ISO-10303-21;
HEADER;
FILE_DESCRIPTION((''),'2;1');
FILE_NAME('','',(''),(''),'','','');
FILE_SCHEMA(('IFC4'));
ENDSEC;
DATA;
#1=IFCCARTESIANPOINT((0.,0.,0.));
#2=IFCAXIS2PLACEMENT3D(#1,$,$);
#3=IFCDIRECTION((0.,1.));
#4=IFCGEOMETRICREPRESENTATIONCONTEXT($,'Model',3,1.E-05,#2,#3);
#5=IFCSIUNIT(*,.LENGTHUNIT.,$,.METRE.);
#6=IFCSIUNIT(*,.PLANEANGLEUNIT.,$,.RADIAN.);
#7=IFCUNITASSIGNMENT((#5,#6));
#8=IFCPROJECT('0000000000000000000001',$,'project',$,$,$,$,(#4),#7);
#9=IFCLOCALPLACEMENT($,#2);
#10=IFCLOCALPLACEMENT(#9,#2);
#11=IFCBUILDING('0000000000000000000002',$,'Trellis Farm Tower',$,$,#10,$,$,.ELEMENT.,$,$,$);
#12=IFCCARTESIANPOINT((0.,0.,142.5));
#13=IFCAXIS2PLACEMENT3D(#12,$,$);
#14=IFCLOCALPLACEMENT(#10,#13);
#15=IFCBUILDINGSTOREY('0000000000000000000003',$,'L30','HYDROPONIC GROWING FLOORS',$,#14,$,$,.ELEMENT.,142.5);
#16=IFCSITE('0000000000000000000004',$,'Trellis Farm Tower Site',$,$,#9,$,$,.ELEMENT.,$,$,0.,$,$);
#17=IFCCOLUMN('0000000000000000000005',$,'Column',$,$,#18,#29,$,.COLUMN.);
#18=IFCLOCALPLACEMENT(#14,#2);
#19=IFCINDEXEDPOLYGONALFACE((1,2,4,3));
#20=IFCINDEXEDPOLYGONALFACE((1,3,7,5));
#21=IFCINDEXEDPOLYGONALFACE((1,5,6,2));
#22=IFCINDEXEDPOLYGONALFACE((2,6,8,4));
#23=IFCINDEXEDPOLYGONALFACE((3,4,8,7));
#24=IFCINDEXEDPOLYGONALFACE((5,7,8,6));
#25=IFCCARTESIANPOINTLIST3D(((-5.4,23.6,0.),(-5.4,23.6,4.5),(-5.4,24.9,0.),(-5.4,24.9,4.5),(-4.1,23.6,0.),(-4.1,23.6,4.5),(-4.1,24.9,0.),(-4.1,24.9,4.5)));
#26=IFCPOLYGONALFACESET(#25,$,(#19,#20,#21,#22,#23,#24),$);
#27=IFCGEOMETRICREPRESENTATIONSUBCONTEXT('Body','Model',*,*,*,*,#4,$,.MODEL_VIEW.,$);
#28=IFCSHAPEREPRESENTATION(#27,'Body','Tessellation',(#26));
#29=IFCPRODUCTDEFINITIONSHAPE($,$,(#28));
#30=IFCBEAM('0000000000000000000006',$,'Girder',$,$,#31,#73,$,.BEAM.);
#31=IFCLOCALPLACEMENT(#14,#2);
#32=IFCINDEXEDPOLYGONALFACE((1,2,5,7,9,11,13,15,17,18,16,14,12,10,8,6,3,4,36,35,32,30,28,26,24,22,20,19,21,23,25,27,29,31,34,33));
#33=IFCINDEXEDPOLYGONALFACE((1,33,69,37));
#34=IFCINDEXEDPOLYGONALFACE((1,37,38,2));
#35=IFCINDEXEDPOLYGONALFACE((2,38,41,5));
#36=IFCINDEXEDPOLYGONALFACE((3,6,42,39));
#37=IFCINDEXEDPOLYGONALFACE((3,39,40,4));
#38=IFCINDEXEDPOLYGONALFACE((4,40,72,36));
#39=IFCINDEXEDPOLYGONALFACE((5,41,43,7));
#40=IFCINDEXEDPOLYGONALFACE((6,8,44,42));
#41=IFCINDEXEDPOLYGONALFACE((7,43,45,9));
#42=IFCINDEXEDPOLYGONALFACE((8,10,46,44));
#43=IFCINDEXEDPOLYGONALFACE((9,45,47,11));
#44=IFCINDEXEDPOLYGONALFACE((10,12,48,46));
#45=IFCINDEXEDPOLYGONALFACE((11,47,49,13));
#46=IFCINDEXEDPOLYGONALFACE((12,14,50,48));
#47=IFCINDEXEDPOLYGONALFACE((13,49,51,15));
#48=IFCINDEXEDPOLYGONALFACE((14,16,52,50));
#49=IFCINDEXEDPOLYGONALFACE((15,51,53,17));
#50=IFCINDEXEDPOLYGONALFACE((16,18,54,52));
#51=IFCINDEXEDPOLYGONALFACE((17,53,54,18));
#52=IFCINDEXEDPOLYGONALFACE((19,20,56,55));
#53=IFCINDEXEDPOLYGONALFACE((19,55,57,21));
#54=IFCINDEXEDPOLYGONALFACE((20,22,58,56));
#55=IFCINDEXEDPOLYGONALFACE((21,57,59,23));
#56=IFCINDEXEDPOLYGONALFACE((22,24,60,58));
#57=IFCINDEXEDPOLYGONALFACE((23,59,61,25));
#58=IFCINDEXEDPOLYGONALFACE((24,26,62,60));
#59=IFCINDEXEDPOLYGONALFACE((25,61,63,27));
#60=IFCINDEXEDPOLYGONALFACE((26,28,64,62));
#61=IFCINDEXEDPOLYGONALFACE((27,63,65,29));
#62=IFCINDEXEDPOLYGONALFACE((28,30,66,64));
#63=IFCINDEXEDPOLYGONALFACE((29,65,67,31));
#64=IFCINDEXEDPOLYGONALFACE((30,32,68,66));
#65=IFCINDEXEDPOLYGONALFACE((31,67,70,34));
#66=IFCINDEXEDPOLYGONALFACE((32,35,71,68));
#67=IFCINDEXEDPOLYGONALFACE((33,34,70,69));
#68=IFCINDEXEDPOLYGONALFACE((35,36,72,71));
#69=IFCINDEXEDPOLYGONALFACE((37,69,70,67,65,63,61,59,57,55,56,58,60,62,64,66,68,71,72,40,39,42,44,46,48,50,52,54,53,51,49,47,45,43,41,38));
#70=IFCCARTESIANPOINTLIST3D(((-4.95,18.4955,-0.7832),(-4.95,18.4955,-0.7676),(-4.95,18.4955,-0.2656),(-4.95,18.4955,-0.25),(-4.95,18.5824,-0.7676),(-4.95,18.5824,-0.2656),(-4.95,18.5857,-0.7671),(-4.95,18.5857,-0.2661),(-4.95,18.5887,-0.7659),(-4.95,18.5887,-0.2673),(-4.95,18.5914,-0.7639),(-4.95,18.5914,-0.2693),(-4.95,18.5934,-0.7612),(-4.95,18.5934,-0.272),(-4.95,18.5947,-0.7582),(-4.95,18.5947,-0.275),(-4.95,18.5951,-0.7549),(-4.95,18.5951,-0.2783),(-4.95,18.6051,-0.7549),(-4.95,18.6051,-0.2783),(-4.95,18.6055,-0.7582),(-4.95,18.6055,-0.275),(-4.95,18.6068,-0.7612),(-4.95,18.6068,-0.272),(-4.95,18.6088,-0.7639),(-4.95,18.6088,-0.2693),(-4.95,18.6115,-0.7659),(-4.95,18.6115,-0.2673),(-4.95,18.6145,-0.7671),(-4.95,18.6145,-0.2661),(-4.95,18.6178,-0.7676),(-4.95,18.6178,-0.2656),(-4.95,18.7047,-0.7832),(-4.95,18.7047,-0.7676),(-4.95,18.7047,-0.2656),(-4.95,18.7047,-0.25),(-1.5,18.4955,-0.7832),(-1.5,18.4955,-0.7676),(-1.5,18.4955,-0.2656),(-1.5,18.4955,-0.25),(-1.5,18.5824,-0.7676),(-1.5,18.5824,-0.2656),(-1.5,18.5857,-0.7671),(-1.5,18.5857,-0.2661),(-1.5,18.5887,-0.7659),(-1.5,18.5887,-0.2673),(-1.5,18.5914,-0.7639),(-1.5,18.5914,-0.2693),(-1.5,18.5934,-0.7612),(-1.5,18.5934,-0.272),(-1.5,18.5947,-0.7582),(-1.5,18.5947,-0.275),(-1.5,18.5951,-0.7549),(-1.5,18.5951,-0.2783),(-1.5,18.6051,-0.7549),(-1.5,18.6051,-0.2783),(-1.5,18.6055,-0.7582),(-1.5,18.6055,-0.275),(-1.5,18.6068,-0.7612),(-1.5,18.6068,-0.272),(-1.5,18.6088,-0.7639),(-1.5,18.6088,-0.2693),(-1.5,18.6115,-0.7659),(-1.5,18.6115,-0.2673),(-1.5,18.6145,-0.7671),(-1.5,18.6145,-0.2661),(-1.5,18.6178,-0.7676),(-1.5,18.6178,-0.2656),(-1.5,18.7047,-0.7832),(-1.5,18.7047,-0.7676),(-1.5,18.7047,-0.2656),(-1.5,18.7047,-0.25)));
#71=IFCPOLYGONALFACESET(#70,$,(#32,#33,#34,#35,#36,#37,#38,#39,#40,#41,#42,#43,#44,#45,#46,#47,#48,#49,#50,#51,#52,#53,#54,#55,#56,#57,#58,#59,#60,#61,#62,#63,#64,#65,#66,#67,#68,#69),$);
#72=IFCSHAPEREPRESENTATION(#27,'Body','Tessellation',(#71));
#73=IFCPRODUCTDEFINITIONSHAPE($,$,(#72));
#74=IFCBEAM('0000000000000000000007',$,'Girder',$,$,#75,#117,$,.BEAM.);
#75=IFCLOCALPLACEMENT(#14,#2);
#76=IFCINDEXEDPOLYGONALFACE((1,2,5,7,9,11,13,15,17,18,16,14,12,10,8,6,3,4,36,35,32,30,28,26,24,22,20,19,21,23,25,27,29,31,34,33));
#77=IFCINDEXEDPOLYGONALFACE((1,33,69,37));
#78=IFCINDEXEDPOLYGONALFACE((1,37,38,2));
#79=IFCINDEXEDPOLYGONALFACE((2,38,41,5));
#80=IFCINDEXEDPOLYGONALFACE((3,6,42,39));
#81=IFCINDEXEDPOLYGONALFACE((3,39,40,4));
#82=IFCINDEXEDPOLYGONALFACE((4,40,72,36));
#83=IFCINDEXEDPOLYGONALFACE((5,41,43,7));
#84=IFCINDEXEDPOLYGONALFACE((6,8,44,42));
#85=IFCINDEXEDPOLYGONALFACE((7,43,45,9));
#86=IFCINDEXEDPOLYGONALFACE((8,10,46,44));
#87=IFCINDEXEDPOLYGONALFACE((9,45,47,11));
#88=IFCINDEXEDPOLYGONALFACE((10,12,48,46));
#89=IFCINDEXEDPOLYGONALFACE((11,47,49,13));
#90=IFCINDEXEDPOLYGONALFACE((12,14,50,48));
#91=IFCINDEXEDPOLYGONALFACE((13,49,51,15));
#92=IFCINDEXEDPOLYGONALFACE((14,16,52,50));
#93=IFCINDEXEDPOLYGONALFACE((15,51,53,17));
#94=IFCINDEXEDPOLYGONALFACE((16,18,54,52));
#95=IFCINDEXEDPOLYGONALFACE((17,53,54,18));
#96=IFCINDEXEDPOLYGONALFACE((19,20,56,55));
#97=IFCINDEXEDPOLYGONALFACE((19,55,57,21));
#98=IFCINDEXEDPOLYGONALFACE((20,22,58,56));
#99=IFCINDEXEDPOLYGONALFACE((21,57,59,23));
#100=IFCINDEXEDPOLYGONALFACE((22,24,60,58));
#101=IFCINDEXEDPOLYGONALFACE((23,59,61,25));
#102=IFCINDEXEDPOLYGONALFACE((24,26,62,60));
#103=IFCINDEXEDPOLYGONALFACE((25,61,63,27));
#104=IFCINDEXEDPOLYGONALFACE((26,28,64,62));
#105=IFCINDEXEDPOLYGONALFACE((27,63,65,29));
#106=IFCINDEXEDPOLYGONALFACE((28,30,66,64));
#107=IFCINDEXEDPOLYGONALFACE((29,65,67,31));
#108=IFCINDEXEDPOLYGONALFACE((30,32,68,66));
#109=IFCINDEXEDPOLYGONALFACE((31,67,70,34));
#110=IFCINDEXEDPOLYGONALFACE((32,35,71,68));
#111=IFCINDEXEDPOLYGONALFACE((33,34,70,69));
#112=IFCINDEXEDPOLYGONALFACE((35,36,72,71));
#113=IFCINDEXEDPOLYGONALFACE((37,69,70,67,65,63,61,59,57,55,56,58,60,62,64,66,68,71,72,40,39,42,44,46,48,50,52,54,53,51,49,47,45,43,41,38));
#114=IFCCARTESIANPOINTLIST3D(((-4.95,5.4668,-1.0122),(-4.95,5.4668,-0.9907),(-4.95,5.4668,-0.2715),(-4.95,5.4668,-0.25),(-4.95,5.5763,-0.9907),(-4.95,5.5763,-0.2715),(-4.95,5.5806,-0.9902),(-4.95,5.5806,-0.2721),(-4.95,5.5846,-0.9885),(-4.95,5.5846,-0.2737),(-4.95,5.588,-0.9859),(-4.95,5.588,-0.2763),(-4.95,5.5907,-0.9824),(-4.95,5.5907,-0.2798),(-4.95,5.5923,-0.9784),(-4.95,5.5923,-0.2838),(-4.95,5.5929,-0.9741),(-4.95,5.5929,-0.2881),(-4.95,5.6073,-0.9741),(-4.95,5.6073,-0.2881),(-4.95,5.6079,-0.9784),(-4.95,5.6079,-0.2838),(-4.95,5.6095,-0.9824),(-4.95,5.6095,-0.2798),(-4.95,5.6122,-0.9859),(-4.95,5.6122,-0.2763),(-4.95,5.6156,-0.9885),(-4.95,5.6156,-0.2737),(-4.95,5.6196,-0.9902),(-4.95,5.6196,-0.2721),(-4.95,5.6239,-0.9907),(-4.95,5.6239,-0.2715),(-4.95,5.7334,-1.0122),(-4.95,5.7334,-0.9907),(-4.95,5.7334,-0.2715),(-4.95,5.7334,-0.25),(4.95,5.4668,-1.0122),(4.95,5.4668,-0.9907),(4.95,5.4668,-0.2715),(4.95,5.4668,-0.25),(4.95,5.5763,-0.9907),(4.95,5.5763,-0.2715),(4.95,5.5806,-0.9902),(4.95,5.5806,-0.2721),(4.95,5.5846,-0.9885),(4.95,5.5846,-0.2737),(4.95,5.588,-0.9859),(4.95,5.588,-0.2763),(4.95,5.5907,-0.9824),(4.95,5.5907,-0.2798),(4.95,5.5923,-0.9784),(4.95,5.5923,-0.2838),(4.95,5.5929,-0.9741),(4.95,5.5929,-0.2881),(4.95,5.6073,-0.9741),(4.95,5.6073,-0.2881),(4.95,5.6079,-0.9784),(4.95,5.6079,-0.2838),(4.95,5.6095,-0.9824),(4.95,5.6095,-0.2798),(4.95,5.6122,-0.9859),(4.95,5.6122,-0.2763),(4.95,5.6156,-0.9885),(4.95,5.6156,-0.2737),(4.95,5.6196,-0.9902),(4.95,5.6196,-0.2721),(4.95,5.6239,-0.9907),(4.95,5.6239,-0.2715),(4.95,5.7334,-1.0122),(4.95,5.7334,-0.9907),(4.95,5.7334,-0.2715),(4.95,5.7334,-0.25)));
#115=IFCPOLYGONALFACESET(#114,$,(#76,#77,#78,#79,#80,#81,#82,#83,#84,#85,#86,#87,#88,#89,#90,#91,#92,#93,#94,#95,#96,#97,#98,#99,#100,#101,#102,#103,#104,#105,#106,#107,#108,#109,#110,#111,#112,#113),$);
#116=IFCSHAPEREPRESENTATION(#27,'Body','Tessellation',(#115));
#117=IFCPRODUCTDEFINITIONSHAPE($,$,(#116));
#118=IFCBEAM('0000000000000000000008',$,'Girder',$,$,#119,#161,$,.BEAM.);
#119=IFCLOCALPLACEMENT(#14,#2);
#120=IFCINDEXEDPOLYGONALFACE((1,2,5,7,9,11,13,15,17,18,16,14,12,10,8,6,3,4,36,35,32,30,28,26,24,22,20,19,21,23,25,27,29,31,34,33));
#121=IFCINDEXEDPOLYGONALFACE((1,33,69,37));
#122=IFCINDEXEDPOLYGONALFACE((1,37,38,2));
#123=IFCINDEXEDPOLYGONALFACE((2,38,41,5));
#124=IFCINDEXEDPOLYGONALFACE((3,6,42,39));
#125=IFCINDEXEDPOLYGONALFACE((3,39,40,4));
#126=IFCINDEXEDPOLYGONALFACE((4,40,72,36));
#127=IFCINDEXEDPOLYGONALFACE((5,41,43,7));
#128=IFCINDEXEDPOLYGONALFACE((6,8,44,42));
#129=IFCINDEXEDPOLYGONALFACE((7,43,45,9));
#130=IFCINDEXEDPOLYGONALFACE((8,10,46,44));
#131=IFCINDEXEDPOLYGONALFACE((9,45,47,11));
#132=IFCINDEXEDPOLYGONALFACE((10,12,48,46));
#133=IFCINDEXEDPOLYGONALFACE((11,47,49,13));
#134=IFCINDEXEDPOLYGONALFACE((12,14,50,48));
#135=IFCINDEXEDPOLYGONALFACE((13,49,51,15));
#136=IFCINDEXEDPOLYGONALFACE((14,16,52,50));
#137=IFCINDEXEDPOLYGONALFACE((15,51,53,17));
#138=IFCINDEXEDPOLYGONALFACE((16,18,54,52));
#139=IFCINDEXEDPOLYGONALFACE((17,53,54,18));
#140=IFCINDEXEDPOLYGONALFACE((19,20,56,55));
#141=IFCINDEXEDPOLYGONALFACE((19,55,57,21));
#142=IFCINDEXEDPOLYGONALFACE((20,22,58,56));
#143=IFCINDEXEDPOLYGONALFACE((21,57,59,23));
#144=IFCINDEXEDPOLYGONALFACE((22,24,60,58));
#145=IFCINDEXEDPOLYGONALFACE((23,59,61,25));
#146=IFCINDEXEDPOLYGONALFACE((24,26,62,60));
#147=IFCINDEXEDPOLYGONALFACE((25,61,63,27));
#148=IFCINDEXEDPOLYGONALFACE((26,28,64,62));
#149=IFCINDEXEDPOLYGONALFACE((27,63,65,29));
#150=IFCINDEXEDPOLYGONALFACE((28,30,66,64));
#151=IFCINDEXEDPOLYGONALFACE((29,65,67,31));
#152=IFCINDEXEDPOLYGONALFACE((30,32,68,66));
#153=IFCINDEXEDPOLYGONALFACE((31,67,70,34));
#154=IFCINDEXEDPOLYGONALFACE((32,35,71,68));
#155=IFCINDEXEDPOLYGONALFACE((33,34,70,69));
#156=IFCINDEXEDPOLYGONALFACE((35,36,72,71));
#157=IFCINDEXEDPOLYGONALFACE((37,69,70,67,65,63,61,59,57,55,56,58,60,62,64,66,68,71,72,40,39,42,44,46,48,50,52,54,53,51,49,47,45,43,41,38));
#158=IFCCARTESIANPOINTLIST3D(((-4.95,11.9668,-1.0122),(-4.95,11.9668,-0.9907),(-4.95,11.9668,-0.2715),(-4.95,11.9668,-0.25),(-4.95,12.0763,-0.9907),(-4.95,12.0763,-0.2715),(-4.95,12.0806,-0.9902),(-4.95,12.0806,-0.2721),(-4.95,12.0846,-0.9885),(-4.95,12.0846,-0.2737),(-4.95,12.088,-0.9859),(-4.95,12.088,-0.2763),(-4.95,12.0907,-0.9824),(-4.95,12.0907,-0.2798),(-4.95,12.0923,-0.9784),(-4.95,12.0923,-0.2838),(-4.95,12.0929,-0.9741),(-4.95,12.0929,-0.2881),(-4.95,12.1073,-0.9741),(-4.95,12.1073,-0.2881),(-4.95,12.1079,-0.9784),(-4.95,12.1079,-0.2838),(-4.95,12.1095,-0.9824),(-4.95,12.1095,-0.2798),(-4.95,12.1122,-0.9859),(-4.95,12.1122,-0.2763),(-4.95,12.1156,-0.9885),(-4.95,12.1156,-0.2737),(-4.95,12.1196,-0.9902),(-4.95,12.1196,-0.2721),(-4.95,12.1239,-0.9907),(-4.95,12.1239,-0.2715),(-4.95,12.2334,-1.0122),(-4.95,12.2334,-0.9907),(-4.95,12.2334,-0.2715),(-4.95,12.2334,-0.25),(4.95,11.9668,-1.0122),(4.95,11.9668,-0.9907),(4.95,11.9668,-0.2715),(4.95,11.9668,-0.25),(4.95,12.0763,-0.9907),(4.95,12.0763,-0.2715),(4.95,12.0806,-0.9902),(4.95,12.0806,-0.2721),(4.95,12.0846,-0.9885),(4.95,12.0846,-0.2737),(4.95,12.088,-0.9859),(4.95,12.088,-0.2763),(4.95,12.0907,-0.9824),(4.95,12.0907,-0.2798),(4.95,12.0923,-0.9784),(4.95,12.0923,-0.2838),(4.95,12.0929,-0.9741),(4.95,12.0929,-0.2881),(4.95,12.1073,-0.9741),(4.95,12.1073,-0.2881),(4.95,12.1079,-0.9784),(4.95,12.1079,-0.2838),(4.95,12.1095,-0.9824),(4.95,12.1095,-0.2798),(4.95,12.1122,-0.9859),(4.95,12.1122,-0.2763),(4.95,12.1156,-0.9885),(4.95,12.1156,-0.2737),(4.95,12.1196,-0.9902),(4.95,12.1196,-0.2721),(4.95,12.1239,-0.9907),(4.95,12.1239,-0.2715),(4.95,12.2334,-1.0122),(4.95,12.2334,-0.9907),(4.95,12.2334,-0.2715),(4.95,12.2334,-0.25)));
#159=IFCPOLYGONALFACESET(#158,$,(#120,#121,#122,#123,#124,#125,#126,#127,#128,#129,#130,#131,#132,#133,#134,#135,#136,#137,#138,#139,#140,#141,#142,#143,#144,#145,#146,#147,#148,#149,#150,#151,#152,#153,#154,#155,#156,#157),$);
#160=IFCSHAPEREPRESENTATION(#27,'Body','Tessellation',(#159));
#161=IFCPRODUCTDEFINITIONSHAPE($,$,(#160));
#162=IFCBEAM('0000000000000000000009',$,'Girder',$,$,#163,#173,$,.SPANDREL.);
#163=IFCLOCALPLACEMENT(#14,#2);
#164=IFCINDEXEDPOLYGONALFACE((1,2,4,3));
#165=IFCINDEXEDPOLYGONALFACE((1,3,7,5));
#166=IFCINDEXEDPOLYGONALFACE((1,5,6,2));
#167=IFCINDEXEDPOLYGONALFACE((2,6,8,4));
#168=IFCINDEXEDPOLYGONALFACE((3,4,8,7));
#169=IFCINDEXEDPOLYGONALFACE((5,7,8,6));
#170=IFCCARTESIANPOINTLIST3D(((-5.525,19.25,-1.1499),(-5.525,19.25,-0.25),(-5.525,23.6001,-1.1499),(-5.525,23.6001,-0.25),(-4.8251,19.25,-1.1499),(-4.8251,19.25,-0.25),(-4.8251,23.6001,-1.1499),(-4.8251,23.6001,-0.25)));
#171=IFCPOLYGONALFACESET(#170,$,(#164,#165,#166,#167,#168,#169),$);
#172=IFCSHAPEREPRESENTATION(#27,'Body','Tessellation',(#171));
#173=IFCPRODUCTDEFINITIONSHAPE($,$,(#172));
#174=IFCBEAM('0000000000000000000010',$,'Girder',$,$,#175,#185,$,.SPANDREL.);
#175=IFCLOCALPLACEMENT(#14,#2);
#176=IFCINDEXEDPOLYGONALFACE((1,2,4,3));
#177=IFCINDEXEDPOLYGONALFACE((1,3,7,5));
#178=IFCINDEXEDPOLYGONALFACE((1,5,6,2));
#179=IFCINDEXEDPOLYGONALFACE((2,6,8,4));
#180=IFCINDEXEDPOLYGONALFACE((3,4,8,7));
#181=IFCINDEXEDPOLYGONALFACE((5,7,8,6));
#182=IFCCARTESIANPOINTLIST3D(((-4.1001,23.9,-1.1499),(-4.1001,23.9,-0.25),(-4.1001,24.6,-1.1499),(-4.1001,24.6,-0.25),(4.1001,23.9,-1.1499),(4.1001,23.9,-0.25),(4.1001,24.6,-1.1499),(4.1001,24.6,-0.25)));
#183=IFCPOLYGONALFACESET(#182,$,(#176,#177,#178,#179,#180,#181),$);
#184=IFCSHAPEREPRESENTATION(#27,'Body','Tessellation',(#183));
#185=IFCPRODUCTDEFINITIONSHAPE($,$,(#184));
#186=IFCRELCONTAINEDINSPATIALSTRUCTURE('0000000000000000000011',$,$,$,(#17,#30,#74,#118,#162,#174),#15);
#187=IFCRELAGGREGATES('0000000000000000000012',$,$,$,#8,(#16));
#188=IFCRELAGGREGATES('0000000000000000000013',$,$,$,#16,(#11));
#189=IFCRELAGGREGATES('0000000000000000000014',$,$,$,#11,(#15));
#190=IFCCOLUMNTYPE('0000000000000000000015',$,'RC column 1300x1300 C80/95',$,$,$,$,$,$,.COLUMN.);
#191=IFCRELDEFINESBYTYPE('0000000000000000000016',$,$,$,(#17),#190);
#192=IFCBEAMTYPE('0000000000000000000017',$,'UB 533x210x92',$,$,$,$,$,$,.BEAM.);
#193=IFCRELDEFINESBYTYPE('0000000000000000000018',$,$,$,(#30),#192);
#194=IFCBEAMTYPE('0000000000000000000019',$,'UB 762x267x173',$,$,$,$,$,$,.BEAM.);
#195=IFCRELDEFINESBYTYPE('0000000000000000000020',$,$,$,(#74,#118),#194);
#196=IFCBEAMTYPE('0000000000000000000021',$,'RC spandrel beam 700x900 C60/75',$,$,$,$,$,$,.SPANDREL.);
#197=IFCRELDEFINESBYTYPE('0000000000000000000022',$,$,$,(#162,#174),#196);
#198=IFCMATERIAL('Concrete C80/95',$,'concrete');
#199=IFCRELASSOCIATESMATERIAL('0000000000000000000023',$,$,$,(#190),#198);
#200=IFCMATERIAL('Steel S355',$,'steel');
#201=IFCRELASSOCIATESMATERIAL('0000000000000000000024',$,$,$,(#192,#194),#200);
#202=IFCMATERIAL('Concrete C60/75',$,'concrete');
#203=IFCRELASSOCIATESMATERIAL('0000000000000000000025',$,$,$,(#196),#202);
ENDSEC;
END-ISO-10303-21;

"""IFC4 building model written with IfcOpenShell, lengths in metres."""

from ifc_helpers import new_model, si_unit, direction, frame, origin, origin_2d, place, context, subcontext, project, spatial, rectangle, i_section, extrude, source, transform, mapped, material, material_profile, profile_set, type_object, element, save


model = new_model("IFC4")

# Units and contexts
model_context = context("Model", 3, precision=1e-05, world=origin(), true_north=direction((0.0, 1.0)))
body_context = subcontext(model_context, "Body", "Model", "MODEL_VIEW")
ifc_project = project(units=[si_unit("LENGTHUNIT", "METRE"), si_unit("PLANEANGLEUNIT", "RADIAN")], contexts=[model_context])

# Site, building, storey
site_placement = place(None, origin())
site = spatial("IfcSite", under=ifc_project, at=site_placement, Name="Trellis Farm Tower Site", CompositionType="ELEMENT", RefElevation=0.0)
building_placement = place(site_placement, origin())
building = spatial("IfcBuilding", under=site, at=building_placement, Name="Trellis Farm Tower", CompositionType="ELEMENT")
storey_placement = place(building_placement, frame((0.0, 0.0, 142.5)))
storey = spatial("IfcBuildingStorey", under=building, at=storey_placement, Name="L30", Description="HYDROPONIC GROWING FLOORS", CompositionType="ELEMENT", Elevation=142.5)

# Column
ifc_material_1 = material(Name="Concrete C80/95", Category="concrete")
ifc_material_profile_1 = material_profile(ifc_material_1, rectangle(XDim=1.3, YDim=1.3, at=origin_2d()), Name="RC column 1300x1300 C80/95")
ifc_profile_set_1 = profile_set([ifc_material_profile_1], Name="Concrete C80/95")
column_type = type_object("IfcColumnType", Name="RC column 1300x1300 C80/95", PredefinedType="COLUMN", material=ifc_profile_set_1)
shared_shape_1 = source(origin(), body_context, "Body", "SweptSolid", [
    extrude(rectangle(XDim=1.3, YDim=1.3, at=origin_2d()), origin(), (0.0, 0.0, 1.0), 4.5),
])
column_placement = place(storey_placement, frame((-4.75, 24.25, 0.0), z_axis=(0.0, 0.0, 1.0), x_axis=(1.0, 0.0, 0.0)))
element("IfcColumn", 1, at=column_placement, inside=storey, type_object=column_type, Name="Column", PredefinedType="COLUMN", context=body_context, shape_type="MappedRepresentation", body=[
    mapped(shared_shape_1, transform((0.0, 0.0, 0.0))),
])

# Beams
ifc_material_2 = material(Name="Steel S355", Category="steel")
ifc_material_profile_2 = material_profile(ifc_material_2, i_section(OverallWidth=0.2092, OverallDepth=0.5332, WebThickness=0.01, FlangeThickness=0.0156, FilletRadius=0.0127, at=origin_2d()), Name="UB 533x210x92")
ifc_profile_set_2 = profile_set([ifc_material_profile_2], Name="Steel S355")
beam_type_1 = type_object("IfcBeamType", Name="UB 533x210x92", PredefinedType="BEAM", material=ifc_profile_set_2)
shared_shape_2 = source(origin(), body_context, "Body", "SweptSolid", [
    extrude(i_section(OverallWidth=0.2092, OverallDepth=0.5332, WebThickness=0.01, FlangeThickness=0.0156, FilletRadius=0.0127, at=origin_2d()), origin(), (0.0, 0.0, 1.0), 3.45),
])
beam_1_placement = place(storey_placement, frame((-4.95, 18.6001, -0.5166), z_axis=(1.0, 0.0, 0.0), x_axis=(0.0, 1.0, 0.0)))
element("IfcBeam", 2, at=beam_1_placement, inside=storey, type_object=beam_type_1, Name="Girder", PredefinedType="BEAM", context=body_context, shape_type="MappedRepresentation", body=[
    mapped(shared_shape_2, transform((0.0, 0.0, 0.0))),
])
ifc_material_profile_3 = material_profile(ifc_material_2, i_section(OverallWidth=0.2666, OverallDepth=0.7622, WebThickness=0.0144, FlangeThickness=0.0215, FilletRadius=0.0166, at=origin_2d()), Name="UB 762x267x173")
ifc_profile_set_3 = profile_set([ifc_material_profile_3], Name="Steel S355")
beam_type_2 = type_object("IfcBeamType", Name="UB 762x267x173", PredefinedType="BEAM", material=ifc_profile_set_3)
shared_shape_3 = source(origin(), body_context, "Body", "SweptSolid", [
    extrude(i_section(OverallWidth=0.2666, OverallDepth=0.7622, WebThickness=0.0144, FlangeThickness=0.0215, FilletRadius=0.0166, at=origin_2d()), origin(), (0.0, 0.0, 1.0), 9.8999),
])
for number, where, z_axis, x_axis, name in (
    (3, (-4.95, 5.6001, -0.6311), (1.0, 0.0, 0.0), (0.0, 1.0, 0.0), "Girder"),
    (4, (-4.95, 12.1001, -0.6311), (1.0, 0.0, 0.0), (0.0, 1.0, 0.0), "Girder"),
):
    element("IfcBeam", number, at=place(storey_placement, frame(where, z_axis=z_axis, x_axis=x_axis)), inside=storey, type_object=beam_type_2, Name=name, PredefinedType="BEAM", context=body_context, shape_type="MappedRepresentation", body=[
        mapped(shared_shape_3, transform((0.0, 0.0, 0.0))),
    ])
ifc_material_3 = material(Name="Concrete C60/75", Category="concrete")
ifc_material_profile_4 = material_profile(ifc_material_3, rectangle(XDim=0.7, YDim=0.8999, at=origin_2d()), Name="RC spandrel beam 700x900 C60/75")
ifc_profile_set_4 = profile_set([ifc_material_profile_4], Name="Concrete C60/75")
beam_type_3 = type_object("IfcBeamType", Name="RC spandrel beam 700x900 C60/75", PredefinedType="SPANDREL", material=ifc_profile_set_4)
shared_shape_4 = source(origin(), body_context, "Body", "SweptSolid", [
    extrude(rectangle(XDim=0.7, YDim=0.8999, at=origin_2d()), origin(), (0.0, 0.0, 1.0), 4.3501),
])
beam_2_placement = place(storey_placement, frame((-5.175, 19.25, -0.7), z_axis=(0.0, 1.0, 0.0), x_axis=(-1.0, 0.0, 0.0)))
element("IfcBeam", 5, at=beam_2_placement, inside=storey, type_object=beam_type_3, Name="Girder", PredefinedType="SPANDREL", context=body_context, shape_type="MappedRepresentation", body=[
    mapped(shared_shape_4, transform((0.0, 0.0, 0.0))),
])
shared_shape_5 = source(origin(), body_context, "Body", "SweptSolid", [
    extrude(rectangle(XDim=0.7, YDim=0.8999, at=origin_2d()), origin(), (0.0, 0.0, 1.0), 8.2002),
])
beam_3_placement = place(storey_placement, frame((-4.1001, 24.25, -0.7), z_axis=(1.0, 0.0, 0.0), x_axis=(0.0, 1.0, 0.0)))
element("IfcBeam", 6, at=beam_3_placement, inside=storey, type_object=beam_type_3, Name="Girder", PredefinedType="SPANDREL", context=body_context, shape_type="MappedRepresentation", body=[
    mapped(shared_shape_5, transform((0.0, 0.0, 0.0))),
])

save(model, "model.ifc")
